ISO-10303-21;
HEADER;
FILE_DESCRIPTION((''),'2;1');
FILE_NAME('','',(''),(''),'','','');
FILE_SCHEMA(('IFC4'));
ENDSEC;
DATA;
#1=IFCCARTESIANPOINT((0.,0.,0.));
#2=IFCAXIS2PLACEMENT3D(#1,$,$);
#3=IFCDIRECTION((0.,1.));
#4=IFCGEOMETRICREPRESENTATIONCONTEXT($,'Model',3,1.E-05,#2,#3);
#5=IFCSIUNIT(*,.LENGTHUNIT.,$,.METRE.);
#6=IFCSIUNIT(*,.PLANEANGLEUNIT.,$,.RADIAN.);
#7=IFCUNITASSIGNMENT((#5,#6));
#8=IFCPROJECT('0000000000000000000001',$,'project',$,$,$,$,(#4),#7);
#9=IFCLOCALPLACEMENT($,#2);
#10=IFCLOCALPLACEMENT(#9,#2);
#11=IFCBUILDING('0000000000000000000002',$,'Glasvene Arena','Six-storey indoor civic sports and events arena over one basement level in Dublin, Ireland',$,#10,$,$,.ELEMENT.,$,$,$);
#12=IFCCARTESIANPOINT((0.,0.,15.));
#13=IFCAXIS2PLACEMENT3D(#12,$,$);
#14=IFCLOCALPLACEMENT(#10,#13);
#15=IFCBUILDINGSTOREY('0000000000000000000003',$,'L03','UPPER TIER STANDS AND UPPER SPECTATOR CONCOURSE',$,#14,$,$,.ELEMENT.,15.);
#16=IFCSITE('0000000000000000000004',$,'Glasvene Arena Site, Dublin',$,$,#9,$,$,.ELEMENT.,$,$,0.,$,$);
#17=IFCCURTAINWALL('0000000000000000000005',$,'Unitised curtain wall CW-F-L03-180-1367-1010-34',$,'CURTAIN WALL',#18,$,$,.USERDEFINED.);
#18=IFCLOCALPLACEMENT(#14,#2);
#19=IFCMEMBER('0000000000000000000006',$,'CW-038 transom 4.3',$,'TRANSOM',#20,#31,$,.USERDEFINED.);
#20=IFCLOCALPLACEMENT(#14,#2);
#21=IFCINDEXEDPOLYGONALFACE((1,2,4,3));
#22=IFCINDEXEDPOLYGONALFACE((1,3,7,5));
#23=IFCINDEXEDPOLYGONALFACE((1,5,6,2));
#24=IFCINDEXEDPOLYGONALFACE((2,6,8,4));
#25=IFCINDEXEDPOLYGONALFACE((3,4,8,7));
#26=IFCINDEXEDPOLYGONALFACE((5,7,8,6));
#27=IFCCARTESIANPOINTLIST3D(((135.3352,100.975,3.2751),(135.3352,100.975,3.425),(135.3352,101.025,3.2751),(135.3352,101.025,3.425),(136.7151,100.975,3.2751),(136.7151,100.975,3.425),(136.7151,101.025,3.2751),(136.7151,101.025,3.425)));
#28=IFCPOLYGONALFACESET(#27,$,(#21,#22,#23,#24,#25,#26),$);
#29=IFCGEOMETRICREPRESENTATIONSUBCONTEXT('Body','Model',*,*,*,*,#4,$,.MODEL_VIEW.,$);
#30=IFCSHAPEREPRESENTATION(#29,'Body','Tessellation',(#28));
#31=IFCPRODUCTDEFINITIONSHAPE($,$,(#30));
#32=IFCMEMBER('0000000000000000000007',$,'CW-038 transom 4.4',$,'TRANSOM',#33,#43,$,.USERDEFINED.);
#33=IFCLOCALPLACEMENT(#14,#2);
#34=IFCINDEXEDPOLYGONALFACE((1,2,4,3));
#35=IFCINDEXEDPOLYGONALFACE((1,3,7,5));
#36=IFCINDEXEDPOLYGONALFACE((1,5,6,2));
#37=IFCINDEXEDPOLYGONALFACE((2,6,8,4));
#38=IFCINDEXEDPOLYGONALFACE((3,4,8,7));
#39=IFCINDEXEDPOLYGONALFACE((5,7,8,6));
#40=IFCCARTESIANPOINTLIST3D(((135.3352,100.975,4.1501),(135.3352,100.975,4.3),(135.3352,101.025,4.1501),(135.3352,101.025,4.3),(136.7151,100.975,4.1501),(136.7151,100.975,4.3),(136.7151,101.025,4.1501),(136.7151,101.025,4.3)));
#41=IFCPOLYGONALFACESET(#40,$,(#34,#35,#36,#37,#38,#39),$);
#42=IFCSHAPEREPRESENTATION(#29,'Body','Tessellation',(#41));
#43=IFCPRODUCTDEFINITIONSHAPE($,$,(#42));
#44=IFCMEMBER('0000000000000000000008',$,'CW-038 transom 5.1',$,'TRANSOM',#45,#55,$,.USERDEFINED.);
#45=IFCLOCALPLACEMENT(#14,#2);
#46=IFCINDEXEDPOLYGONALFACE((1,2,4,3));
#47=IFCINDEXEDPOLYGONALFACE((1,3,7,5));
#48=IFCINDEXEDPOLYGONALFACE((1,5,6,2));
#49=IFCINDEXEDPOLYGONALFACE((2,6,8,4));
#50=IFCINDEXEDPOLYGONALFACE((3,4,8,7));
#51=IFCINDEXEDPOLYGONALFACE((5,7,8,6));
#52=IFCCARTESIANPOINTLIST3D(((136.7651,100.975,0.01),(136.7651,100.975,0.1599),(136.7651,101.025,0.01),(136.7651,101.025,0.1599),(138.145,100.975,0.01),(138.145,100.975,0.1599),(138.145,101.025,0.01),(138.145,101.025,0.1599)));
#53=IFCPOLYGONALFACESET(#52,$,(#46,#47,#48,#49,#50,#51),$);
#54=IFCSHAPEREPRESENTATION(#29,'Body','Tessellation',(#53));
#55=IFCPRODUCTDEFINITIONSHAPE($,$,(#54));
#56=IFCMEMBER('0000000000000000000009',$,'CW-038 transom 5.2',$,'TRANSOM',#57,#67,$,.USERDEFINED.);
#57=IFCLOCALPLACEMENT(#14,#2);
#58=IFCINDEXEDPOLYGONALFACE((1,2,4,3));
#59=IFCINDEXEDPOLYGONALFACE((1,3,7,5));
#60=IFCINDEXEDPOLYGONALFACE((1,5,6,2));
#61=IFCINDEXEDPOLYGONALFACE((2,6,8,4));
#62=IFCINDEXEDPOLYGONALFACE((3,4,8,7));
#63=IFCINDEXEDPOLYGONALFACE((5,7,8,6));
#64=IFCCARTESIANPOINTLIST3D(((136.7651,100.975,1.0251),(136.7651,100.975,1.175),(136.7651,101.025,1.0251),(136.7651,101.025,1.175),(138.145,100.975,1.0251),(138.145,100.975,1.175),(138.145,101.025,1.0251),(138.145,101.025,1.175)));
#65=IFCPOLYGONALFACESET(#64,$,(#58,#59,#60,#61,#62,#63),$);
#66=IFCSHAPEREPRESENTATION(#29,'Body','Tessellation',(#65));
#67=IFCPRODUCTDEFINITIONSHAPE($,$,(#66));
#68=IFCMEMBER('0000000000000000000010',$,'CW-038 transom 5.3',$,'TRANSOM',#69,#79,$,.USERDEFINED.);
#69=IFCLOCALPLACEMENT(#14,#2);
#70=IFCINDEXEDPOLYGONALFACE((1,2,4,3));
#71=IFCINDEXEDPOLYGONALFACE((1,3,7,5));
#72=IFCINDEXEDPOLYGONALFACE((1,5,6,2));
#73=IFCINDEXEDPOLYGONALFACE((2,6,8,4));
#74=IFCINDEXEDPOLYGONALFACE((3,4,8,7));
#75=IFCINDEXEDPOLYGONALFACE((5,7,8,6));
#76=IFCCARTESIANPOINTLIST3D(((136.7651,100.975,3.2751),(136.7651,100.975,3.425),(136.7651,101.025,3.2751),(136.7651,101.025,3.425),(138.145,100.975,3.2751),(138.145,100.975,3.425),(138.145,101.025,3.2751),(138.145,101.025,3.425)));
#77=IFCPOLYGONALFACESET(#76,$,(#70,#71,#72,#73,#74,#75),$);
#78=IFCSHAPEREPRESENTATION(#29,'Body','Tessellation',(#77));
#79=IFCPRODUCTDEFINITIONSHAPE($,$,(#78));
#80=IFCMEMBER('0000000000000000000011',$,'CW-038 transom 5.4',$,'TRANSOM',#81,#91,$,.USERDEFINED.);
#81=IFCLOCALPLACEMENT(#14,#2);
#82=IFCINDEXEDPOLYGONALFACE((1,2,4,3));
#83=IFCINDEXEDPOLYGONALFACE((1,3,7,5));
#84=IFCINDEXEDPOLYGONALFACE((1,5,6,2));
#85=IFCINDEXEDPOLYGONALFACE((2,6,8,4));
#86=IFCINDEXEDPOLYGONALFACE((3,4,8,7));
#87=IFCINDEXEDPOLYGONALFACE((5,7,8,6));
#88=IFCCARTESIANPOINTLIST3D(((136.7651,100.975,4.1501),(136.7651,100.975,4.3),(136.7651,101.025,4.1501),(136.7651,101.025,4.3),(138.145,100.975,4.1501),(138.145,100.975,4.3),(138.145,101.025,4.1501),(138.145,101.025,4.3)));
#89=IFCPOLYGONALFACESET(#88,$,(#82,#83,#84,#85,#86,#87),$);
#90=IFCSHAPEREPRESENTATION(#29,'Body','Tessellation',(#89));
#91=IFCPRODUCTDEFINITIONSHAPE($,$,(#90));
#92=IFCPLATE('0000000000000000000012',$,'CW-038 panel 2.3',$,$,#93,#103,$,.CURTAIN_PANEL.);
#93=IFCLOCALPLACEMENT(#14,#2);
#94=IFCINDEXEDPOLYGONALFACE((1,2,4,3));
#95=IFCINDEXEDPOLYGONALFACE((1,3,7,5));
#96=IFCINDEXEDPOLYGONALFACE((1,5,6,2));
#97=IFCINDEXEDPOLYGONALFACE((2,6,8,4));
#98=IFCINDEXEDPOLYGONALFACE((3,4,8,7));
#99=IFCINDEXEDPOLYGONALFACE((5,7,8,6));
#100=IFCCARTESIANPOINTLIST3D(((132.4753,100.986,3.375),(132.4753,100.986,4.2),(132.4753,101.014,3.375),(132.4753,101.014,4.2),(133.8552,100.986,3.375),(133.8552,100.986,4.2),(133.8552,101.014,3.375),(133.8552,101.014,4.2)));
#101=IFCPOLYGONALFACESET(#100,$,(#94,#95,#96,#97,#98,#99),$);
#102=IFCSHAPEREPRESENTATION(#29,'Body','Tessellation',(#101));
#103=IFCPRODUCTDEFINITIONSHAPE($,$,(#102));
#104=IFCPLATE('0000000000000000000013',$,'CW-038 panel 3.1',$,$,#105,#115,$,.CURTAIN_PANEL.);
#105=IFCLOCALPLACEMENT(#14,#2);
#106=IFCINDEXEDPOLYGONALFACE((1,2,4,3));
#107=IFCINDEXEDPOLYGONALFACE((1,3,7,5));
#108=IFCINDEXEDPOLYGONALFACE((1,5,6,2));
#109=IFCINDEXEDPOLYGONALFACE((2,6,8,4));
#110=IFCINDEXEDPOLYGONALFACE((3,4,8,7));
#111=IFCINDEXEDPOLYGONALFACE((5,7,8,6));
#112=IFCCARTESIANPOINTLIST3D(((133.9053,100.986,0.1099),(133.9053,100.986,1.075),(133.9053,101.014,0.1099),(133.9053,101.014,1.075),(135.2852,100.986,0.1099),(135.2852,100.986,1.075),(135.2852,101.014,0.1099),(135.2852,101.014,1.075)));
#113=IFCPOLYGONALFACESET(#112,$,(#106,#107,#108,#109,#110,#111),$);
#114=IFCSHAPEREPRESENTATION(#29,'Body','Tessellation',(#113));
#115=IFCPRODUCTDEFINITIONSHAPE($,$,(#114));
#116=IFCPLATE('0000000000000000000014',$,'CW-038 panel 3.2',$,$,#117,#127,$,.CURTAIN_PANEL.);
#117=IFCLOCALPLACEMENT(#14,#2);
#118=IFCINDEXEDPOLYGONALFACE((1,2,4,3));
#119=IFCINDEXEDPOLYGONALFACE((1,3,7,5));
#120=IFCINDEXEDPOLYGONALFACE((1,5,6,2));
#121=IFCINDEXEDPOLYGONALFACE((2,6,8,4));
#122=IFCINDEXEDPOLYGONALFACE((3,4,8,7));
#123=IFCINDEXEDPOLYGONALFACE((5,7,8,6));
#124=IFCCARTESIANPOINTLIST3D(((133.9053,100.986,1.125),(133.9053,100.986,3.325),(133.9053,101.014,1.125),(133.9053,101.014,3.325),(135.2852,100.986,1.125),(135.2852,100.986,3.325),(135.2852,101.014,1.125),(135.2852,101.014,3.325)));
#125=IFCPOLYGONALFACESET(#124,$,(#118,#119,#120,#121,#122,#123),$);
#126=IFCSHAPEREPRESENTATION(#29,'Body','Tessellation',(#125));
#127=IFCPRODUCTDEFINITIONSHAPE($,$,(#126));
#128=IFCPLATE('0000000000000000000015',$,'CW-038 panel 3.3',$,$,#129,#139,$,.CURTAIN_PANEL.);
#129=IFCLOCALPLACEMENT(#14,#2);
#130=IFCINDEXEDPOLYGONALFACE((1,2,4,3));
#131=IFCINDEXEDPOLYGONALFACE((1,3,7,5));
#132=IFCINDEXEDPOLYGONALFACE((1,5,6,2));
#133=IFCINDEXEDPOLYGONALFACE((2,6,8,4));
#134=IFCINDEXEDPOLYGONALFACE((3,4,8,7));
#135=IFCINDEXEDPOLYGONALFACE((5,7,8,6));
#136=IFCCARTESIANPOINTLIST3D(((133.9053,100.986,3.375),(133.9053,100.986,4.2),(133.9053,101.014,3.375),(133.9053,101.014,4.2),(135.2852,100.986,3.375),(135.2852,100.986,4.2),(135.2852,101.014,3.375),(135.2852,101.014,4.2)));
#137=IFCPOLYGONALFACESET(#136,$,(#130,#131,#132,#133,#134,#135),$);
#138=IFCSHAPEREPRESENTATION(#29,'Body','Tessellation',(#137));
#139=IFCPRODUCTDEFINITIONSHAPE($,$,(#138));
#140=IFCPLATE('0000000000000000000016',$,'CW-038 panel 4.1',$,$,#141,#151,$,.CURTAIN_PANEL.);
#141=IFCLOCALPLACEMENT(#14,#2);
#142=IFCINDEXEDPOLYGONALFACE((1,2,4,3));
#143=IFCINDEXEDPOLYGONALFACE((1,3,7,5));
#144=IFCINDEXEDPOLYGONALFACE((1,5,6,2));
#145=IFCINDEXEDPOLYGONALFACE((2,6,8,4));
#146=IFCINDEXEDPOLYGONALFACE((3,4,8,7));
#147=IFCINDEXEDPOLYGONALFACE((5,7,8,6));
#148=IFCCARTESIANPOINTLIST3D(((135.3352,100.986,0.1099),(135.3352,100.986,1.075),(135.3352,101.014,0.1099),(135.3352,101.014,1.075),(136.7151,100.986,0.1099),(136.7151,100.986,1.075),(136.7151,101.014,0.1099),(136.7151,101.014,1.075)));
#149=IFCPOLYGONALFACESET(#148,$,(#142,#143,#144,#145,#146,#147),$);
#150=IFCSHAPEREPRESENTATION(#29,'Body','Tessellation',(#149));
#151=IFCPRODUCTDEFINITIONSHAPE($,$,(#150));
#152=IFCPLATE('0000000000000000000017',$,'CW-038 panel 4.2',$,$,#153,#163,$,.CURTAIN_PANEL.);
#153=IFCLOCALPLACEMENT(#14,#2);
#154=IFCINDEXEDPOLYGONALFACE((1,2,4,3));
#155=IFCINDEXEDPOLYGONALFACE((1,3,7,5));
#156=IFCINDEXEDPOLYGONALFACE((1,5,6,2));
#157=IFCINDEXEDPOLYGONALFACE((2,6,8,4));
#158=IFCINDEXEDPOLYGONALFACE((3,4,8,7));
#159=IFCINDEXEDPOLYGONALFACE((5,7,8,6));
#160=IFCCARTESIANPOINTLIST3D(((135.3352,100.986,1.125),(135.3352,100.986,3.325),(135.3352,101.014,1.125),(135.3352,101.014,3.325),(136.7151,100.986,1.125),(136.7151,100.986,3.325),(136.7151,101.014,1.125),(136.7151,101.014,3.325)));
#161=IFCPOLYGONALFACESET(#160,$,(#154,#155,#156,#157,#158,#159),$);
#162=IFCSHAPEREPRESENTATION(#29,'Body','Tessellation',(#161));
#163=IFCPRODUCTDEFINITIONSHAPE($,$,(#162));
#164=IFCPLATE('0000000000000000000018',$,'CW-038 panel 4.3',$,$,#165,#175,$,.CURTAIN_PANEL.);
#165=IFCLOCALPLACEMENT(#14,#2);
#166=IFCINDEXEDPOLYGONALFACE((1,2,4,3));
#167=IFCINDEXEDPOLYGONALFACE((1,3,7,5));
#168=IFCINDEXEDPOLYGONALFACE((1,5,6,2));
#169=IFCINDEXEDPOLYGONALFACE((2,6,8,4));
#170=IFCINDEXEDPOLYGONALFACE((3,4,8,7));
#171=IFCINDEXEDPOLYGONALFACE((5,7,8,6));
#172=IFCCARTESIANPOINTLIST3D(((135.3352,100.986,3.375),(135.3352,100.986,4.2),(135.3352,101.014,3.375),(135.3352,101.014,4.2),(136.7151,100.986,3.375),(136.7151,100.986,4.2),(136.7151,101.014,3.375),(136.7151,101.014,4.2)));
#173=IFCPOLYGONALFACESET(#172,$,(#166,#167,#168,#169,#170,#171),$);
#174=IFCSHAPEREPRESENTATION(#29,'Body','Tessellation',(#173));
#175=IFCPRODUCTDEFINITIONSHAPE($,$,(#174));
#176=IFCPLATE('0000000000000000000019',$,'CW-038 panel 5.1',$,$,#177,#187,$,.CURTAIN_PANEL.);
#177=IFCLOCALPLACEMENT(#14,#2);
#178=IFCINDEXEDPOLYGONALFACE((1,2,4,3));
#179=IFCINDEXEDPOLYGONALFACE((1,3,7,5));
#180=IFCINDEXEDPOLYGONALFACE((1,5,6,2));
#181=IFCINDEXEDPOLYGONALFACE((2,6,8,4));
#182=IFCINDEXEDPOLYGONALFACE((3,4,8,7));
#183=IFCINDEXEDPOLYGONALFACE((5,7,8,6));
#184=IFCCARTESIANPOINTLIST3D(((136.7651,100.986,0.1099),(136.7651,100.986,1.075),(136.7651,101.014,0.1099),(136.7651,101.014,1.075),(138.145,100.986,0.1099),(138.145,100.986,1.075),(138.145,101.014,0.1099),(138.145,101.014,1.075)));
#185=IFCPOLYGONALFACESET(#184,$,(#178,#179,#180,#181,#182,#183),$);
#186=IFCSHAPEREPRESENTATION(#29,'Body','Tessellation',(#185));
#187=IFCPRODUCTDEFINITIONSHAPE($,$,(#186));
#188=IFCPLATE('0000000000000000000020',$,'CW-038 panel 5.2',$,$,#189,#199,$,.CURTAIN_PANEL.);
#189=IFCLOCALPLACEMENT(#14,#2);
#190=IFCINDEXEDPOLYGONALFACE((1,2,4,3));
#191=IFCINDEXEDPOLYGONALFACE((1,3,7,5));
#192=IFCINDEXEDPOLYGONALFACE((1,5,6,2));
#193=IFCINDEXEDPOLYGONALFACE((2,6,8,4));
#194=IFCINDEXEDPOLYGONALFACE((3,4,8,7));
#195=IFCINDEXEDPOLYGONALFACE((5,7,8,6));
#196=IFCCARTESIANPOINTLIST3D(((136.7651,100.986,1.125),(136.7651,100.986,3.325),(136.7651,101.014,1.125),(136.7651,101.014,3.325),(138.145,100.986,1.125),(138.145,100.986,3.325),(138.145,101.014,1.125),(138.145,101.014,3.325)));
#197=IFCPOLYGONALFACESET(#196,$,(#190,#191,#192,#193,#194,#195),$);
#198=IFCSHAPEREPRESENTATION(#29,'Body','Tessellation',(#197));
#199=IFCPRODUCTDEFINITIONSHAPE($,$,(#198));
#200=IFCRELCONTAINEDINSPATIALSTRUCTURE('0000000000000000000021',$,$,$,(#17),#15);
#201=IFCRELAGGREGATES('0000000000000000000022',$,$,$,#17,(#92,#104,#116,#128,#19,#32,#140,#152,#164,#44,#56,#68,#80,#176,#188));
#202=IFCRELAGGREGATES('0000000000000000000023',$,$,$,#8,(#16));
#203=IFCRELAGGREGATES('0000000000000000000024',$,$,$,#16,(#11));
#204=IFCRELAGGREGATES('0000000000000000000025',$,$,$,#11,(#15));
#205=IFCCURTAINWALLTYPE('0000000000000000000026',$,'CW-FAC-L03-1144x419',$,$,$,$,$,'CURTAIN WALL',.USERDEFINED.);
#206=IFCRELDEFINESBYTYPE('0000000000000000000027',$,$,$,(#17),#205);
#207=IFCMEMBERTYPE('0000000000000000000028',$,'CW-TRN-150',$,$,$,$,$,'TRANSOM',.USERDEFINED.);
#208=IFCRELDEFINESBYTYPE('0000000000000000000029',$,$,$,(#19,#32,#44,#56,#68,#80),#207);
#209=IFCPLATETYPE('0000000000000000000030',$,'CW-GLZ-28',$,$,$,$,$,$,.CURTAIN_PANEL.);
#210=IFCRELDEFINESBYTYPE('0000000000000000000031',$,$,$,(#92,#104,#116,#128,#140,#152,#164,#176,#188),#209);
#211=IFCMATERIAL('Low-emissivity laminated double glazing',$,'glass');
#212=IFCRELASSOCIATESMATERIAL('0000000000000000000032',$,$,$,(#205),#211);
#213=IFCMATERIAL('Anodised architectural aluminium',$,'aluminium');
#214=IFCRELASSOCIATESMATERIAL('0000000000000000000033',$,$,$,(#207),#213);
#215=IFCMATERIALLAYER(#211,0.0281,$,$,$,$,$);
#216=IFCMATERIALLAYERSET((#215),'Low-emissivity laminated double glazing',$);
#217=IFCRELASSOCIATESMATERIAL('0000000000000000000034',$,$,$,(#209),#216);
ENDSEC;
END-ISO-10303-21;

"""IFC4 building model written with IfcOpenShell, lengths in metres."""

from ifc_helpers import new_model, si_unit, direction, frame, origin, origin_2d, place, context, subcontext, project, spatial, rectangle, extrude, material, layer, layer_set, material_profile, profile_set, type_object, element, aggregate, save


model = new_model("IFC4")

# Units and contexts
model_context = context("Model", 3, precision=1e-05, world=origin(), true_north=direction((0.0, 1.0)))
body_context = subcontext(model_context, "Body", "Model", "MODEL_VIEW")
ifc_project = project(units=[si_unit("LENGTHUNIT", "METRE"), si_unit("PLANEANGLEUNIT", "RADIAN")], contexts=[model_context])

# Site, building, storey
site_placement = place(None, origin())
site = spatial("IfcSite", under=ifc_project, at=site_placement, Name="Glasvene Arena Site, Dublin", CompositionType="ELEMENT", RefElevation=0.0)
building_placement = place(site_placement, origin())
building = spatial("IfcBuilding", under=site, at=building_placement, Name="Glasvene Arena", Description="Six-storey indoor civic sports and events arena over one basement level in Dublin, Ireland", CompositionType="ELEMENT")
storey_placement = place(building_placement, frame((0.0, 0.0, 15.0)))
storey = spatial("IfcBuildingStorey", under=building, at=storey_placement, Name="L03", Description="UPPER TIER STANDS AND UPPER SPECTATOR CONCOURSE", CompositionType="ELEMENT", Elevation=15.0)

# Curtain wall, members, plates
ifc_material_1 = material(Name="Low-emissivity laminated double glazing", Category="glass")
curtain_wall_type = type_object("IfcCurtainWallType", Name="CW-FAC-L03-1144x419", ElementType="CURTAIN WALL", PredefinedType="USERDEFINED", material=ifc_material_1)
curtain_wall_placement = place(storey_placement, frame((131.0203, 101.0, 0.0)))
curtain_wall = element("IfcCurtainWall", 1, at=curtain_wall_placement, inside=storey, type_object=curtain_wall_type, Name="Unitised curtain wall CW-F-L03-180-1367-1010-34", ObjectType="CURTAIN WALL", PredefinedType="USERDEFINED")
ifc_material_2 = material(Name="Anodised architectural aluminium", Category="aluminium")
ifc_material_profile_1 = material_profile(ifc_material_2, rectangle(XDim=0.05, YDim=0.1499, at=origin_2d()), Name="ALU TRANSOM 50x150")
ifc_profile_set_1 = profile_set([ifc_material_profile_1], Name="Anodised architectural aluminium")
member_type_1 = type_object("IfcMemberType", Name="CW-TRN-150", ElementType="TRANSOM", PredefinedType="USERDEFINED", material=ifc_profile_set_1)
member_1_placement = place(storey_placement, frame((135.3352, 101.0, 3.3501), z_axis=(1.0, 0.0, 0.0), x_axis=(0.0, 1.0, 0.0)))
member_1 = element("IfcMember", 2, at=member_1_placement, type_object=member_type_1, Name="CW-038 transom 4.3", ObjectType="TRANSOM", PredefinedType="USERDEFINED", context=body_context, shape_type="SweptSolid", body=[
    extrude(rectangle(XDim=0.05, YDim=0.1499, at=origin_2d()), origin(), (0.0, 0.0, 1.0), 1.3799),
])
member_2_placement = place(storey_placement, frame((135.3352, 101.0, 4.2251), z_axis=(1.0, 0.0, 0.0), x_axis=(0.0, 1.0, 0.0)))
member_2 = element("IfcMember", 3, at=member_2_placement, type_object=member_type_1, Name="CW-038 transom 4.4", ObjectType="TRANSOM", PredefinedType="USERDEFINED", context=body_context, shape_type="SweptSolid", body=[
    extrude(rectangle(XDim=0.05, YDim=0.1499, at=origin_2d()), origin(), (0.0, 0.0, 1.0), 1.3799),
])
member_3_placement = place(storey_placement, frame((136.7651, 101.0, 0.085), z_axis=(1.0, 0.0, 0.0), x_axis=(0.0, 1.0, 0.0)))
member_3 = element("IfcMember", 4, at=member_3_placement, type_object=member_type_1, Name="CW-038 transom 5.1", ObjectType="TRANSOM", PredefinedType="USERDEFINED", context=body_context, shape_type="SweptSolid", body=[
    extrude(rectangle(XDim=0.05, YDim=0.1499, at=origin_2d()), origin(), (0.0, 0.0, 1.0), 1.3799),
])
member_4_placement = place(storey_placement, frame((136.7651, 101.0, 1.1001), z_axis=(1.0, 0.0, 0.0), x_axis=(0.0, 1.0, 0.0)))
member_4 = element("IfcMember", 5, at=member_4_placement, type_object=member_type_1, Name="CW-038 transom 5.2", ObjectType="TRANSOM", PredefinedType="USERDEFINED", context=body_context, shape_type="SweptSolid", body=[
    extrude(rectangle(XDim=0.05, YDim=0.1499, at=origin_2d()), origin(), (0.0, 0.0, 1.0), 1.3799),
])
member_5_placement = place(storey_placement, frame((136.7651, 101.0, 3.3501), z_axis=(1.0, 0.0, 0.0), x_axis=(0.0, 1.0, 0.0)))
member_5 = element("IfcMember", 6, at=member_5_placement, type_object=member_type_1, Name="CW-038 transom 5.3", ObjectType="TRANSOM", PredefinedType="USERDEFINED", context=body_context, shape_type="SweptSolid", body=[
    extrude(rectangle(XDim=0.05, YDim=0.1499, at=origin_2d()), origin(), (0.0, 0.0, 1.0), 1.3799),
])
member_6_placement = place(storey_placement, frame((136.7651, 101.0, 4.2251), z_axis=(1.0, 0.0, 0.0), x_axis=(0.0, 1.0, 0.0)))
member_6 = element("IfcMember", 7, at=member_6_placement, type_object=member_type_1, Name="CW-038 transom 5.4", ObjectType="TRANSOM", PredefinedType="USERDEFINED", context=body_context, shape_type="SweptSolid", body=[
    extrude(rectangle(XDim=0.05, YDim=0.1499, at=origin_2d()), origin(), (0.0, 0.0, 1.0), 1.3799),
])
ifc_layer_1 = layer(ifc_material_1, 0.0281)
ifc_layer_set_1 = layer_set([ifc_layer_1], Name="Low-emissivity laminated double glazing")
plate_type = type_object("IfcPlateType", Name="CW-GLZ-28", PredefinedType="CURTAIN_PANEL", material=ifc_layer_set_1)
plate_1_placement = place(storey_placement, frame((133.1653, 101.0, 3.375), z_axis=(0.0, 0.0, 1.0), x_axis=(1.0, 0.0, 0.0)))
plate_1 = element("IfcPlate", 8, at=plate_1_placement, type_object=plate_type, Name="CW-038 panel 2.3", PredefinedType="CURTAIN_PANEL", context=body_context, shape_type="SweptSolid", body=[
    extrude(rectangle(XDim=1.3799, YDim=0.0281, at=origin_2d()), origin(), (0.0, 0.0, 1.0), 0.825),
])
plate_2_placement = place(storey_placement, frame((134.5952, 101.0, 0.1099), z_axis=(0.0, 0.0, 1.0), x_axis=(1.0, 0.0, 0.0)))
plate_2 = element("IfcPlate", 9, at=plate_2_placement, type_object=plate_type, Name="CW-038 panel 3.1", PredefinedType="CURTAIN_PANEL", context=body_context, shape_type="SweptSolid", body=[
    extrude(rectangle(XDim=1.3799, YDim=0.0281, at=origin_2d()), origin(), (0.0, 0.0, 1.0), 0.9651),
])
plate_3_placement = place(storey_placement, frame((134.5952, 101.0, 1.125), z_axis=(0.0, 0.0, 1.0), x_axis=(1.0, 0.0, 0.0)))
plate_3 = element("IfcPlate", 10, at=plate_3_placement, type_object=plate_type, Name="CW-038 panel 3.2", PredefinedType="CURTAIN_PANEL", context=body_context, shape_type="SweptSolid", body=[
    extrude(rectangle(XDim=1.3799, YDim=0.0281, at=origin_2d()), origin(), (0.0, 0.0, 1.0), 2.2),
])
plate_4_placement = place(storey_placement, frame((134.5952, 101.0, 3.375), z_axis=(0.0, 0.0, 1.0), x_axis=(1.0, 0.0, 0.0)))
plate_4 = element("IfcPlate", 11, at=plate_4_placement, type_object=plate_type, Name="CW-038 panel 3.3", PredefinedType="CURTAIN_PANEL", context=body_context, shape_type="SweptSolid", body=[
    extrude(rectangle(XDim=1.3799, YDim=0.0281, at=origin_2d()), origin(), (0.0, 0.0, 1.0), 0.825),
])
plate_5_placement = place(storey_placement, frame((136.0251, 101.0, 0.1099), z_axis=(0.0, 0.0, 1.0), x_axis=(1.0, 0.0, 0.0)))
plate_5 = element("IfcPlate", 12, at=plate_5_placement, type_object=plate_type, Name="CW-038 panel 4.1", PredefinedType="CURTAIN_PANEL", context=body_context, shape_type="SweptSolid", body=[
    extrude(rectangle(XDim=1.3799, YDim=0.0281, at=origin_2d()), origin(), (0.0, 0.0, 1.0), 0.9651),
])
plate_6_placement = place(storey_placement, frame((136.0251, 101.0, 1.125), z_axis=(0.0, 0.0, 1.0), x_axis=(1.0, 0.0, 0.0)))
plate_6 = element("IfcPlate", 13, at=plate_6_placement, type_object=plate_type, Name="CW-038 panel 4.2", PredefinedType="CURTAIN_PANEL", context=body_context, shape_type="SweptSolid", body=[
    extrude(rectangle(XDim=1.3799, YDim=0.0281, at=origin_2d()), origin(), (0.0, 0.0, 1.0), 2.2),
])
plate_7_placement = place(storey_placement, frame((136.0251, 101.0, 3.375), z_axis=(0.0, 0.0, 1.0), x_axis=(1.0, 0.0, 0.0)))
plate_7 = element("IfcPlate", 14, at=plate_7_placement, type_object=plate_type, Name="CW-038 panel 4.3", PredefinedType="CURTAIN_PANEL", context=body_context, shape_type="SweptSolid", body=[
    extrude(rectangle(XDim=1.3799, YDim=0.0281, at=origin_2d()), origin(), (0.0, 0.0, 1.0), 0.825),
])
plate_8_placement = place(storey_placement, frame((137.4551, 101.0, 0.1099), z_axis=(0.0, 0.0, 1.0), x_axis=(1.0, 0.0, 0.0)))
plate_8 = element("IfcPlate", 15, at=plate_8_placement, type_object=plate_type, Name="CW-038 panel 5.1", PredefinedType="CURTAIN_PANEL", context=body_context, shape_type="SweptSolid", body=[
    extrude(rectangle(XDim=1.3799, YDim=0.0281, at=origin_2d()), origin(), (0.0, 0.0, 1.0), 0.9651),
])
plate_9_placement = place(storey_placement, frame((137.4551, 101.0, 1.125), z_axis=(0.0, 0.0, 1.0), x_axis=(1.0, 0.0, 0.0)))
plate_9 = element("IfcPlate", 16, at=plate_9_placement, type_object=plate_type, Name="CW-038 panel 5.2", PredefinedType="CURTAIN_PANEL", context=body_context, shape_type="SweptSolid", body=[
    extrude(rectangle(XDim=1.3799, YDim=0.0281, at=origin_2d()), origin(), (0.0, 0.0, 1.0), 2.2),
])
aggregate(curtain_wall, [plate_1, plate_2, plate_3, plate_4, member_1, member_2, plate_5, plate_6, plate_7, member_3, member_4, member_5, member_6, plate_8, plate_9])

save(model, "model.ifc")
